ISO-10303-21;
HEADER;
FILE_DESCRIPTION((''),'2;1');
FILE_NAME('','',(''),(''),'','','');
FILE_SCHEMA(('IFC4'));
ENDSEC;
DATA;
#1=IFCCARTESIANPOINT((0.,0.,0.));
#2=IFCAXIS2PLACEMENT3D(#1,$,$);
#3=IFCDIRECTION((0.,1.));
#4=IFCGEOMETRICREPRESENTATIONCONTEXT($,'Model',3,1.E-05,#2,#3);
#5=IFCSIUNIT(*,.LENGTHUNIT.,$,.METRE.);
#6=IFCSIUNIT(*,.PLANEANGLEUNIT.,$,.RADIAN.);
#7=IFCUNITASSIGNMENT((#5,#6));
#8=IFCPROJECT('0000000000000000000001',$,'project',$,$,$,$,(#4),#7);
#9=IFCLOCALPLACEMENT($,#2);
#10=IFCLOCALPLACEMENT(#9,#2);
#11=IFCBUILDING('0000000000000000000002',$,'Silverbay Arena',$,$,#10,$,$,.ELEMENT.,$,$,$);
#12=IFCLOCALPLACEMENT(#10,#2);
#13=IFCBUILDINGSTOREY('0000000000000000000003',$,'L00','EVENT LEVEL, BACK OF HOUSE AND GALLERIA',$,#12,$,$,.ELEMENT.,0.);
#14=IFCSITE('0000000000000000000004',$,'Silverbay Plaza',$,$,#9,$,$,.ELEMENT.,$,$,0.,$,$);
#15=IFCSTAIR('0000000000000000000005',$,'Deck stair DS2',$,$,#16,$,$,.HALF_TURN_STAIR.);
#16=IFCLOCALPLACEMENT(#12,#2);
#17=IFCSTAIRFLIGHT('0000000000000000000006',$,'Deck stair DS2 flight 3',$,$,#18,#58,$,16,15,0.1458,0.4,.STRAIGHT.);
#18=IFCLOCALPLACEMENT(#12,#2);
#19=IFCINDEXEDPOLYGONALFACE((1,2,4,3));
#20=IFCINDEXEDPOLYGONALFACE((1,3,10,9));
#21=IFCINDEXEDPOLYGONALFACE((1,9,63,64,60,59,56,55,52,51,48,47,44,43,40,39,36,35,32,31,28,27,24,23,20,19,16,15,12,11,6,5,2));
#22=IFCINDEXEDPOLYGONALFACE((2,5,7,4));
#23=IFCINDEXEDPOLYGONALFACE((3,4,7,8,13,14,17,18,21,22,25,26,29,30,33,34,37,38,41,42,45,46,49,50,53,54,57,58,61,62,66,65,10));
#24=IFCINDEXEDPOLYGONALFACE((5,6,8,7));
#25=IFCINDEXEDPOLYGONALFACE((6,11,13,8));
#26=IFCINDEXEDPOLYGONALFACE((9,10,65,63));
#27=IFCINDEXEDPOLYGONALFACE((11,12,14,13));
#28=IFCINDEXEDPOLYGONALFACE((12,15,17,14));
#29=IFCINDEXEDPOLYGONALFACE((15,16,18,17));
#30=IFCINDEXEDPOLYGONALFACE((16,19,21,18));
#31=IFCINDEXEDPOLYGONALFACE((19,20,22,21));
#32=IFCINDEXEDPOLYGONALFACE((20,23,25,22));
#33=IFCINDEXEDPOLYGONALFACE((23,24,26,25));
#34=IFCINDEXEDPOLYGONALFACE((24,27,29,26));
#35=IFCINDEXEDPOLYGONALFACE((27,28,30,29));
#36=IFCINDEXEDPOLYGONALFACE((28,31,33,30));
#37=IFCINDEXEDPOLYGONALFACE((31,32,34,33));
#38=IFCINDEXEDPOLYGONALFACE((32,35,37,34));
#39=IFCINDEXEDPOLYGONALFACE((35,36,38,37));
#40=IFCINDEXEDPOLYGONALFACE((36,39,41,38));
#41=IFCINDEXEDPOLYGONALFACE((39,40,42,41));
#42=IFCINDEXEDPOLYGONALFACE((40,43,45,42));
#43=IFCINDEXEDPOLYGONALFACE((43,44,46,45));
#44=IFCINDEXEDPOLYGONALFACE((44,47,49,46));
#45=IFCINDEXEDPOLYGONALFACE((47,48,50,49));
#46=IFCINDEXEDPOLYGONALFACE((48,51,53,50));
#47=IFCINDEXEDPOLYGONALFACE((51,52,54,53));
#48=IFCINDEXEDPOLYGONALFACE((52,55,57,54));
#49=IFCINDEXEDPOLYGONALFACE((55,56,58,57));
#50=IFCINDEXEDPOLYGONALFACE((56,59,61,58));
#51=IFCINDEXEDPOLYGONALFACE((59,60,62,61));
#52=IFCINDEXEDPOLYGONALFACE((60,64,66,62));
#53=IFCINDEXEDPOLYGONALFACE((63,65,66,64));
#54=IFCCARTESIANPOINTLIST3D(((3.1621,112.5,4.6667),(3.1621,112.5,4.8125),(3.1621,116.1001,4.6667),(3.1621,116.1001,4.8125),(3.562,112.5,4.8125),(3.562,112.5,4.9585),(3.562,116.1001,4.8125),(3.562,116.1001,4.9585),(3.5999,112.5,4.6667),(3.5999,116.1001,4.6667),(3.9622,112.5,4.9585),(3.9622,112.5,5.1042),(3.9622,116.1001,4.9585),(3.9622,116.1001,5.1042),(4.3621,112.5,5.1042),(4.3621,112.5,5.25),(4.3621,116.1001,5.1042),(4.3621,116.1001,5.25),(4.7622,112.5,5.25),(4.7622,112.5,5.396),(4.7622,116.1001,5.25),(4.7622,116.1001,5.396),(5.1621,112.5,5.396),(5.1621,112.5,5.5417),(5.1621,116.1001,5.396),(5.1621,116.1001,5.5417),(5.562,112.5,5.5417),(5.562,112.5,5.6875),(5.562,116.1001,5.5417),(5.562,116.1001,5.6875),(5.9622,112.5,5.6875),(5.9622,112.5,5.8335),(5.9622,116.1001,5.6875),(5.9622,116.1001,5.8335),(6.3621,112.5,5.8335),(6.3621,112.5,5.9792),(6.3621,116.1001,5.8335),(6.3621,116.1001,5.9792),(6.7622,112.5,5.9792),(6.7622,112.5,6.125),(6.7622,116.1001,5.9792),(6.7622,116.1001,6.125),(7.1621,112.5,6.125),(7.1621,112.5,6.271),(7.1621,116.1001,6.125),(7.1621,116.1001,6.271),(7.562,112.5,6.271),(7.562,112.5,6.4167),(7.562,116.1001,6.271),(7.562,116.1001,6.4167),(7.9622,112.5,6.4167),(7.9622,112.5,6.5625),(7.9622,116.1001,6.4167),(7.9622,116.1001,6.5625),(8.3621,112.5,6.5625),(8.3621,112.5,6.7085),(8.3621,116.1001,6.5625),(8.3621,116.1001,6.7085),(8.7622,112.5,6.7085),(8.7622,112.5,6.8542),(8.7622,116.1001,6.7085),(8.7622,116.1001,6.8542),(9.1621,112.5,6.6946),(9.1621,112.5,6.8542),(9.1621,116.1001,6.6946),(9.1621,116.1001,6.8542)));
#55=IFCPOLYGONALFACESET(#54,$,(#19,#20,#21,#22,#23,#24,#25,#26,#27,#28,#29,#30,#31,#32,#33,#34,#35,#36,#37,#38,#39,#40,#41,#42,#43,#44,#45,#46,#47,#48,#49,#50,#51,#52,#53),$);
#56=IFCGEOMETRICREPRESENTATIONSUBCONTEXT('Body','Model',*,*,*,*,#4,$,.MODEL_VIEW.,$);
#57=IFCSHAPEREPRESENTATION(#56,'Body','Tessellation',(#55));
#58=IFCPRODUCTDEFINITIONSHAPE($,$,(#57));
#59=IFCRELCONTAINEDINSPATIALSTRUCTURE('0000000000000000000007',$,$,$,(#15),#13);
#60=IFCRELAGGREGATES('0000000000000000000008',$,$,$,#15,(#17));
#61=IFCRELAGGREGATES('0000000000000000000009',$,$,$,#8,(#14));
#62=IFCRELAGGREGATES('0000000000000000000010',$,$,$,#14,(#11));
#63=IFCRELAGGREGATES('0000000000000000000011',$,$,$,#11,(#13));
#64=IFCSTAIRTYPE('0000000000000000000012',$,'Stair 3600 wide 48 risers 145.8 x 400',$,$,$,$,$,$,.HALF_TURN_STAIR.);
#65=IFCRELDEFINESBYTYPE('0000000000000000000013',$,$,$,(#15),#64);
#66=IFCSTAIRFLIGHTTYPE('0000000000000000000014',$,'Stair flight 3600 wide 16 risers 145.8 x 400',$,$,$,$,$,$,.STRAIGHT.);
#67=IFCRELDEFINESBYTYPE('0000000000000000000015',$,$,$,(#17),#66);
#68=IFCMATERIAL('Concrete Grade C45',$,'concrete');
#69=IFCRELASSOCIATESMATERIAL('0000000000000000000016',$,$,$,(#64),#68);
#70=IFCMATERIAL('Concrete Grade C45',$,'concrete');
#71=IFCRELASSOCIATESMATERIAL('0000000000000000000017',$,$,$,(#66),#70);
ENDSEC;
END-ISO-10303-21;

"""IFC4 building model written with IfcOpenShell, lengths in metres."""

from ifc_helpers import new_model, si_unit, direction, frame, origin, place, context, subcontext, project, spatial, polyline, outline, extrude, material, type_object, element, aggregate, save


model = new_model("IFC4")

# Units and contexts
model_context = context("Model", 3, precision=1e-05, world=origin(), true_north=direction((0.0, 1.0)))
body_context = subcontext(model_context, "Body", "Model", "MODEL_VIEW")
ifc_project = project(units=[si_unit("LENGTHUNIT", "METRE"), si_unit("PLANEANGLEUNIT", "RADIAN")], contexts=[model_context])

# Site, building, storey
site_placement = place(None, origin())
site = spatial("IfcSite", under=ifc_project, at=site_placement, Name="Silverbay Plaza", CompositionType="ELEMENT", RefElevation=0.0)
building_placement = place(site_placement, origin())
building = spatial("IfcBuilding", under=site, at=building_placement, Name="Silverbay Arena", CompositionType="ELEMENT")
storey_placement = place(building_placement, origin())
storey = spatial("IfcBuildingStorey", under=building, at=storey_placement, Name="L00", Description="EVENT LEVEL, BACK OF HOUSE AND GALLERIA", CompositionType="ELEMENT", Elevation=0.0)

# Stair, stair flight
ifc_material_1 = material(Name="Concrete Grade C45", Category="concrete")
stair_type = type_object("IfcStairType", Name="Stair 3600 wide 48 risers 145.8 x 400", PredefinedType="HALF_TURN_STAIR", material=ifc_material_1)
stair_placement = place(storey_placement, origin())
stair = element("IfcStair", 1, at=stair_placement, inside=storey, type_object=stair_type, Name="Deck stair DS2", PredefinedType="HALF_TURN_STAIR")
ifc_material_2 = material(Name="Concrete Grade C45", Category="concrete")
stair_flight_type = type_object("IfcStairFlightType", Name="Stair flight 3600 wide 16 risers 145.8 x 400", PredefinedType="STRAIGHT", material=ifc_material_2)
stair_flight_1_placement = place(storey_placement, frame((3.1621, 114.3, 4.6667), z_axis=(0.0, 0.0, 1.0), x_axis=(1.0, 0.0, 0.0)))
stair_flight_1 = element("IfcStairFlight", 2, at=stair_flight_1_placement, type_object=stair_flight_type, Name="Deck stair DS2 flight 3", NumberOfRisers=16, NumberOfTreads=15, PredefinedType="STRAIGHT", RiserHeight=0.1458, TreadLength=0.4, context=body_context, shape_type="SweptSolid", body=[
    extrude(outline(polyline([(0.0, 0.0), (0.0, 0.1458), (0.3999, 0.1458), (0.3999, 0.2917), (0.8, 0.2917), (0.8, 0.4375), (1.2, 0.4375), (1.2, 0.5833), (1.6001, 0.5833), (1.6001, 0.7292), (2.0, 0.7292), (2.0, 0.875), (2.3999, 0.875), (2.3999, 1.0208), (2.8, 1.0208), (2.8, 1.1667), (3.2, 1.1667), (3.2, 1.3125), (3.6001, 1.3125), (3.6001, 1.4583), (4.0, 1.4583), (4.0, 1.6042), (4.3999, 1.6042), (4.3999, 1.75), (4.8, 1.75), (4.8, 1.8958), (5.2, 1.8958), (5.2, 2.0417), (5.6001, 2.0417), (5.6001, 2.1875), (6.0, 2.1875), (6.0, 2.0278), (0.4377, 0.0), (0.0, 0.0)])), frame((0.0, 1.8, 0.0), z_axis=(0.0, -1.0, 0.0), x_axis=(1.0, 0.0, 0.0)), (0.0, 0.0, 1.0), 3.6001),
])
aggregate(stair, [stair_flight_1])

save(model, "model.ifc")
